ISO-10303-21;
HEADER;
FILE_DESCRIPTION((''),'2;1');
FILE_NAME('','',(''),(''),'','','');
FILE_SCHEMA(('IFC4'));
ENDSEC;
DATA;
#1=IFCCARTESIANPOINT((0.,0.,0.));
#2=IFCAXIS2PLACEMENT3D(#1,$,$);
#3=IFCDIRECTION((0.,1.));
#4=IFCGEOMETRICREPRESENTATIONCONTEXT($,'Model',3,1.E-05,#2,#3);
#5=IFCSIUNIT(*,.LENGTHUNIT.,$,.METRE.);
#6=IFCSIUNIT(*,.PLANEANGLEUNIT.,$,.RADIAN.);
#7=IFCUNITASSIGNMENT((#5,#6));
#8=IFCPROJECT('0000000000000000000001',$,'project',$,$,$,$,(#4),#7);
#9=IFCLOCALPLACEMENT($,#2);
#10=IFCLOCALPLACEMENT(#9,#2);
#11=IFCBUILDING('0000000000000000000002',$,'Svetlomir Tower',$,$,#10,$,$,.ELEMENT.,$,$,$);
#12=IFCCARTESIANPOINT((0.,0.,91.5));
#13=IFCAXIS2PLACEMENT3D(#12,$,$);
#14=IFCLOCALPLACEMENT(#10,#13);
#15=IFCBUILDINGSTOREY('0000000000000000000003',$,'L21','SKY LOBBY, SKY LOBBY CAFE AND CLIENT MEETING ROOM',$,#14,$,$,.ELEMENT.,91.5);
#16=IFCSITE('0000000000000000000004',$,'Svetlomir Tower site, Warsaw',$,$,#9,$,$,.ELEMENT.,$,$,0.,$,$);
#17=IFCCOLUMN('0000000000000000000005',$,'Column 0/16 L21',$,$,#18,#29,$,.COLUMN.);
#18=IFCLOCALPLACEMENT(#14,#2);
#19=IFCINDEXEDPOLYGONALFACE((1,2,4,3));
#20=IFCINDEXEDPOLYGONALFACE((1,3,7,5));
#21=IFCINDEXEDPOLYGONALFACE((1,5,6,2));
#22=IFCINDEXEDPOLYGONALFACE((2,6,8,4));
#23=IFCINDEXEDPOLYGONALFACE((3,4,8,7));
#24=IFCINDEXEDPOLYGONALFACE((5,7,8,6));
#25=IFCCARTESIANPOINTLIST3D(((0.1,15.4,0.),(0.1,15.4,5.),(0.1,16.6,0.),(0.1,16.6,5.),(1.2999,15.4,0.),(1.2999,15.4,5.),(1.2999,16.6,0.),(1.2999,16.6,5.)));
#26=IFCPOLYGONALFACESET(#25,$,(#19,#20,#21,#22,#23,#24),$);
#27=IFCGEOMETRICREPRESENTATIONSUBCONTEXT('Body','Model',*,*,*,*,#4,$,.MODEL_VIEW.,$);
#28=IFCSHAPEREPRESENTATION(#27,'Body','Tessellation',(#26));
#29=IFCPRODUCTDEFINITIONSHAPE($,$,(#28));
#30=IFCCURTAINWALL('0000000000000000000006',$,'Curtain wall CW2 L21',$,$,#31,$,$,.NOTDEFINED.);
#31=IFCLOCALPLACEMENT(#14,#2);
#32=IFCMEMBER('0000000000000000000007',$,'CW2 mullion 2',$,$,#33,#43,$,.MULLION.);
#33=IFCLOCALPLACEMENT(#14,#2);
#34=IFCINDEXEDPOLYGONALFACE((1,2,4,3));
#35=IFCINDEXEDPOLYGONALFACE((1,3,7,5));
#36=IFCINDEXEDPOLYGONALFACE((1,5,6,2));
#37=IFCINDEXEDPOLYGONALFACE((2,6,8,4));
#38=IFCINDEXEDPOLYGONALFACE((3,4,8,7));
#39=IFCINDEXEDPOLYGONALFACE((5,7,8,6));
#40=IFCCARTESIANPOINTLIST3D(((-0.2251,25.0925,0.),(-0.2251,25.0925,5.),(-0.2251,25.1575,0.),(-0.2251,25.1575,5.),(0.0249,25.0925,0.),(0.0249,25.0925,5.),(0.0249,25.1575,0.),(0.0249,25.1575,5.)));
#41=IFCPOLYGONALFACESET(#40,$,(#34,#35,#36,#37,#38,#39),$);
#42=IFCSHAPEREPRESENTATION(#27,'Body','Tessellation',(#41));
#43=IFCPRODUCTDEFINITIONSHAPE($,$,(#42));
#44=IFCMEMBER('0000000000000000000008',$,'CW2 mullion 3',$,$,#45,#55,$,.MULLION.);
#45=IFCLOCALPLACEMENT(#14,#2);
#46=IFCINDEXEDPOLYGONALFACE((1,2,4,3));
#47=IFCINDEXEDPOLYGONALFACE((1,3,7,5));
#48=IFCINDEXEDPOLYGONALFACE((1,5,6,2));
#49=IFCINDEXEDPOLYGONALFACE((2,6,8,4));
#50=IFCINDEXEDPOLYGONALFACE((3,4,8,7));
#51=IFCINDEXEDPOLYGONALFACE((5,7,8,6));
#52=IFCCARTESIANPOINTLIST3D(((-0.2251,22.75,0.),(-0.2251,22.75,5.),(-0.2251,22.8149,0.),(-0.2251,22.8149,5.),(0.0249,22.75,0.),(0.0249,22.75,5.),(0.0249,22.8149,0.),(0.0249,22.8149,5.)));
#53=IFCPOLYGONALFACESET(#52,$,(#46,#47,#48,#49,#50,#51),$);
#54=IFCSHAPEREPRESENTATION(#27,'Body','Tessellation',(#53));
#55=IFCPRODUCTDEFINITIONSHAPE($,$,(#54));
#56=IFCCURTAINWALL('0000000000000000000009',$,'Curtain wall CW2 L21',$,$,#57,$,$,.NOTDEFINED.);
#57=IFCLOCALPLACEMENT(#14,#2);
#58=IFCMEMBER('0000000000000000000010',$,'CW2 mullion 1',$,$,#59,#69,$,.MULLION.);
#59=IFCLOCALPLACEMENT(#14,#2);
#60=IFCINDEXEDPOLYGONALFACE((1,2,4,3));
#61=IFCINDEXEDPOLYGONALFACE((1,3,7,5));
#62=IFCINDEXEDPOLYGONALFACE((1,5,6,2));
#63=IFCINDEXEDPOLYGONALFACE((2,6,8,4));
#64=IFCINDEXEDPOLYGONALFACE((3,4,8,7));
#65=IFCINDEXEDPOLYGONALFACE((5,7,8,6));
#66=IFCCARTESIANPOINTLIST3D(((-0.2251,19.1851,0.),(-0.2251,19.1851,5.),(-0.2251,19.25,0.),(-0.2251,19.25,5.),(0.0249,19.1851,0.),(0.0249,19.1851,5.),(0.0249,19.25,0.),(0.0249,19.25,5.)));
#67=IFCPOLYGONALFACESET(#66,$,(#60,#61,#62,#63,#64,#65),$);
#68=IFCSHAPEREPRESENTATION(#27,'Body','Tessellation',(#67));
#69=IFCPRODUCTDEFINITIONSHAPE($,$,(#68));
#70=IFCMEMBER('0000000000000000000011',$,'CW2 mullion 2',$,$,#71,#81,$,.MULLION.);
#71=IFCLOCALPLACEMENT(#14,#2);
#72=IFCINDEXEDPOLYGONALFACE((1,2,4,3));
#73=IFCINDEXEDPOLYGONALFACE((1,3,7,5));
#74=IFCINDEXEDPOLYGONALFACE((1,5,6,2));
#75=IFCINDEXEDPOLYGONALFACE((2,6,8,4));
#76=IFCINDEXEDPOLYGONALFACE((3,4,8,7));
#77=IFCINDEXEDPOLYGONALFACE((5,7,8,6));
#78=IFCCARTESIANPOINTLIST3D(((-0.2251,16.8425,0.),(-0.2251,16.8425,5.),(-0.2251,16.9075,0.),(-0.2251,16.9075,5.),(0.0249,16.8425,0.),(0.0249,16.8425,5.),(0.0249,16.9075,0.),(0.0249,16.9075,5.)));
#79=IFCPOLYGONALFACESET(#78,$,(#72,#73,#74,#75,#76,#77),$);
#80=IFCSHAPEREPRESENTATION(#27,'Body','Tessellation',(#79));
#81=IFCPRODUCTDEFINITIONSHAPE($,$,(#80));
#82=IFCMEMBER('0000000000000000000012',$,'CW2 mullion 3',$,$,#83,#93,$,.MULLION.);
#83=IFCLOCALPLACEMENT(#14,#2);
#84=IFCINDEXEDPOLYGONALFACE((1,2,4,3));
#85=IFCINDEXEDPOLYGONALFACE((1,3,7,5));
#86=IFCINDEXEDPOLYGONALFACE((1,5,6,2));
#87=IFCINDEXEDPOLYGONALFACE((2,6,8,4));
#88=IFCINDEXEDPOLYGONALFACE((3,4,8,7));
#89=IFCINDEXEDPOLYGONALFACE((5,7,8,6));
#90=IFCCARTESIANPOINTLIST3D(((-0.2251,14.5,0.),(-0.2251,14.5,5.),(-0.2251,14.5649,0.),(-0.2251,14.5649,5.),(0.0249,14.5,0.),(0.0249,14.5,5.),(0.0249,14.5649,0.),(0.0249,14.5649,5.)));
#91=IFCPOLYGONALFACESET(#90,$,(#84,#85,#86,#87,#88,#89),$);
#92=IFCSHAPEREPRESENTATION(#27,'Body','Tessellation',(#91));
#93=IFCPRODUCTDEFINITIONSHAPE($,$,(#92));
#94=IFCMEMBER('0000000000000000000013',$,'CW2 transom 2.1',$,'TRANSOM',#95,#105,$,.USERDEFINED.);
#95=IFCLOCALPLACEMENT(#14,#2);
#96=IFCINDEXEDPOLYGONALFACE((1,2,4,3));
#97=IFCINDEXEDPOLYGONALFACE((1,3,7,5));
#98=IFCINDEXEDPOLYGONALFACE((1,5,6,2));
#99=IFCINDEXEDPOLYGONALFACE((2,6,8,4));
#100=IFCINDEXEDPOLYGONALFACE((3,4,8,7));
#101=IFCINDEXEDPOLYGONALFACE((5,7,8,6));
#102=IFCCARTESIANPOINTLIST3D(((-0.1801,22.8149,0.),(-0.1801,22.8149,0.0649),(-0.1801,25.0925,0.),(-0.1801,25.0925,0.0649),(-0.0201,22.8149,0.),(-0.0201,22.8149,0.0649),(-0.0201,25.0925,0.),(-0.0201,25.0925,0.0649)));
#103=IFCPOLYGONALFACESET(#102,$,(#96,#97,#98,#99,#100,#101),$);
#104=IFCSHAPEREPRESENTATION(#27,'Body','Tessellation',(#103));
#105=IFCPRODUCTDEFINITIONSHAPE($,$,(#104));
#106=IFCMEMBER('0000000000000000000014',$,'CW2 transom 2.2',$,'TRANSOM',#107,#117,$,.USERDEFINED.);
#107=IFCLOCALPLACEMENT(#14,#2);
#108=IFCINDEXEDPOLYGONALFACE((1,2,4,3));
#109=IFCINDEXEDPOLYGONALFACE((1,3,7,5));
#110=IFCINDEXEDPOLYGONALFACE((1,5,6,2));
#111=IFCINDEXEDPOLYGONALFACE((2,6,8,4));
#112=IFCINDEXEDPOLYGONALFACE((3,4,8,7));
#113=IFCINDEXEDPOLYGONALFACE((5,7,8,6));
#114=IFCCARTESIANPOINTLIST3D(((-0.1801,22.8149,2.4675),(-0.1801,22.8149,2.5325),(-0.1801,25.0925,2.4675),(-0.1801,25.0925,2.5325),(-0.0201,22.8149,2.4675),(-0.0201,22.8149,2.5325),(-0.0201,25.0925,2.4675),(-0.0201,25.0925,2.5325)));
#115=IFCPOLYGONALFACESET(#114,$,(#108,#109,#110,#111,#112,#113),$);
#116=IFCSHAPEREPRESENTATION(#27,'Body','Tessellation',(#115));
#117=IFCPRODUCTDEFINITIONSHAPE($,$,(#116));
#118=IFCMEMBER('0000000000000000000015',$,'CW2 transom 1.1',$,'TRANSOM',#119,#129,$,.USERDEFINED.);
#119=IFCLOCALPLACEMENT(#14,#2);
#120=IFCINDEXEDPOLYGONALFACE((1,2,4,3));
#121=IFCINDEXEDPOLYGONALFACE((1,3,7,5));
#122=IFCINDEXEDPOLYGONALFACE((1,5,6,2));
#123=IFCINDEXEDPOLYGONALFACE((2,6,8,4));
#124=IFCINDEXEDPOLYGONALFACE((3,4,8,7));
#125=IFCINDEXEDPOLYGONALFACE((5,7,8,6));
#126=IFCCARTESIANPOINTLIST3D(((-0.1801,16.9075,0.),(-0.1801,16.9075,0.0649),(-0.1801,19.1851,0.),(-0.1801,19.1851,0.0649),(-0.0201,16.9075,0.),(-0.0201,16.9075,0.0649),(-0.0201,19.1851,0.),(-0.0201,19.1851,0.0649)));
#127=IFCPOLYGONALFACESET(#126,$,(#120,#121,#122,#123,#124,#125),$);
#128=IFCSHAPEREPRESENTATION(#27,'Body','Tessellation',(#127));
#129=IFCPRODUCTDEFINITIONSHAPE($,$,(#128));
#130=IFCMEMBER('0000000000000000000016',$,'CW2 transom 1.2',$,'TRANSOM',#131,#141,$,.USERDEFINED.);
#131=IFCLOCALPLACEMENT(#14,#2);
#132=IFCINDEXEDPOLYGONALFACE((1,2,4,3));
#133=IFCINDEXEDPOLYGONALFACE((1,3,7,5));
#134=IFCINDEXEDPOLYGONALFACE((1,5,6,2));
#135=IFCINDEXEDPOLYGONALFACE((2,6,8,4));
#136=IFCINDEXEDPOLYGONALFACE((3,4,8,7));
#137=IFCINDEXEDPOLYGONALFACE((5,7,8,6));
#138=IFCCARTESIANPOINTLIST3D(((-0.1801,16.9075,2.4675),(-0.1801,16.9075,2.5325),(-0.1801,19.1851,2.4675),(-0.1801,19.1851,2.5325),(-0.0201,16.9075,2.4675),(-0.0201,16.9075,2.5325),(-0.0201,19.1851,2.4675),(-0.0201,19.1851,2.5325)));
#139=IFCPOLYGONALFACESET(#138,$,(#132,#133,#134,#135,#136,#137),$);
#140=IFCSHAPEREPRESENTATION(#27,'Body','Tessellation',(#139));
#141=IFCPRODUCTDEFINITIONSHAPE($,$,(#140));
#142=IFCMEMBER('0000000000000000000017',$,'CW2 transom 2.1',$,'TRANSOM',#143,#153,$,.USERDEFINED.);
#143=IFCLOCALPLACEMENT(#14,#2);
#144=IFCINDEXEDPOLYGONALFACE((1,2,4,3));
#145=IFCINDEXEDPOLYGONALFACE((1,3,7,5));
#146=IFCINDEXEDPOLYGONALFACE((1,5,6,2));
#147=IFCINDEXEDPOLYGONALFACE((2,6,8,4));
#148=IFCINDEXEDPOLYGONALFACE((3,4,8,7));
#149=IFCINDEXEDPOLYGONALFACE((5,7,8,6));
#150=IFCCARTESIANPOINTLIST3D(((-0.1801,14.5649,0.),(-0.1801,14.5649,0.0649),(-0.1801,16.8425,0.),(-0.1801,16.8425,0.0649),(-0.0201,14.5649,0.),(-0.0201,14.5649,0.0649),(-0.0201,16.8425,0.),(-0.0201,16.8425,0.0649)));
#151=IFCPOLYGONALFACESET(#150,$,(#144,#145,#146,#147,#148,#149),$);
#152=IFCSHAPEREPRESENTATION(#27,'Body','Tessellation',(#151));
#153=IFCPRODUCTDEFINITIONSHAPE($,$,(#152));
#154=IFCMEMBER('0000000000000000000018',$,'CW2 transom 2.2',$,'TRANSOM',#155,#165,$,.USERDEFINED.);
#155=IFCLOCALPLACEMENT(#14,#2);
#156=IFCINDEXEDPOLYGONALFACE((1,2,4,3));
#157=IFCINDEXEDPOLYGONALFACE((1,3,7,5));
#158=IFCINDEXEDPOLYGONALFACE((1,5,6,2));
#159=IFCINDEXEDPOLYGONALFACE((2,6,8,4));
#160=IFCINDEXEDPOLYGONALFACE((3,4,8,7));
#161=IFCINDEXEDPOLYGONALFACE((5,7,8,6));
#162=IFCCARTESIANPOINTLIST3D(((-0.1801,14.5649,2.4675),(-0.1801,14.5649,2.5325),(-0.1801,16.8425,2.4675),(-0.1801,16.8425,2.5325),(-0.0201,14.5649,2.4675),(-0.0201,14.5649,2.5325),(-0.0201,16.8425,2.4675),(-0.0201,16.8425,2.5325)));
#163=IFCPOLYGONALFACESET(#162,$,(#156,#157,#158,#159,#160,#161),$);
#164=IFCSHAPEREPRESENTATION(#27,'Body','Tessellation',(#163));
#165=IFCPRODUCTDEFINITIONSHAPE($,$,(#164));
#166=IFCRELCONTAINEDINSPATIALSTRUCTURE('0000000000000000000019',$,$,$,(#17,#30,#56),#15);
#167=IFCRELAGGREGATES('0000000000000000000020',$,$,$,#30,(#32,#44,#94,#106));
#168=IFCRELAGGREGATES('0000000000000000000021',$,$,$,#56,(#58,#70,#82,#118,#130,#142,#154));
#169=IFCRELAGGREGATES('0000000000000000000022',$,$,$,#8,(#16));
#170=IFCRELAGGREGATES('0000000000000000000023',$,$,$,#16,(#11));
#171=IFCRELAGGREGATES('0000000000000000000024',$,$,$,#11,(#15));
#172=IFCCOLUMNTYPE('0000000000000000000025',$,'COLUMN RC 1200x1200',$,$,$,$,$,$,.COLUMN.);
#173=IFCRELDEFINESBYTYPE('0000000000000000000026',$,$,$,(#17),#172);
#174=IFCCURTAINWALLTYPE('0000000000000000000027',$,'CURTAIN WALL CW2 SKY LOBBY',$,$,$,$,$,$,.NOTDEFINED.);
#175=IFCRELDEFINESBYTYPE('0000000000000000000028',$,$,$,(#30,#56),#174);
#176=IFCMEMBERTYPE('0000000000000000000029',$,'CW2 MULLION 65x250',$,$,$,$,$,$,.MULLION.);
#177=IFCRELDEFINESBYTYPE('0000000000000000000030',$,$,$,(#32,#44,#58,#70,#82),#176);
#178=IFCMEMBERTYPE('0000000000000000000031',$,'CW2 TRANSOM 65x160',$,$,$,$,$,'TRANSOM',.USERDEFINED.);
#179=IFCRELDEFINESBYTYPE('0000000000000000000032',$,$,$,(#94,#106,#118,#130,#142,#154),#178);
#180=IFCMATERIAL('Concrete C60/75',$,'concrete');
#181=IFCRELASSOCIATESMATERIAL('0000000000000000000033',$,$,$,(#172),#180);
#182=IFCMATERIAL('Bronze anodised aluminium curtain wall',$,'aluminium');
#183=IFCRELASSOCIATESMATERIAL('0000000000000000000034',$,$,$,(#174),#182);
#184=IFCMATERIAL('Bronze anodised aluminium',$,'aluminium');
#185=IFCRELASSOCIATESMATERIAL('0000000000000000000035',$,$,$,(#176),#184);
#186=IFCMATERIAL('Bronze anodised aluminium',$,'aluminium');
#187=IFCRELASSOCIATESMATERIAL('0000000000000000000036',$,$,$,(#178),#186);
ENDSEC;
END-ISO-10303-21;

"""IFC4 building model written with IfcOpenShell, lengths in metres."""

from ifc_helpers import new_model, si_unit, direction, frame, origin, origin_2d, place, context, subcontext, project, spatial, rectangle, extrude, material, material_profile, profile_set, type_object, element, aggregate, save


model = new_model("IFC4")

# Units and contexts
model_context = context("Model", 3, precision=1e-05, world=origin(), true_north=direction((0.0, 1.0)))
body_context = subcontext(model_context, "Body", "Model", "MODEL_VIEW")
ifc_project = project(units=[si_unit("LENGTHUNIT", "METRE"), si_unit("PLANEANGLEUNIT", "RADIAN")], contexts=[model_context])

# Site, building, storey
site_placement = place(None, origin())
site = spatial("IfcSite", under=ifc_project, at=site_placement, Name="Svetlomir Tower site, Warsaw", CompositionType="ELEMENT", RefElevation=0.0)
building_placement = place(site_placement, origin())
building = spatial("IfcBuilding", under=site, at=building_placement, Name="Svetlomir Tower", CompositionType="ELEMENT")
storey_placement = place(building_placement, frame((0.0, 0.0, 91.5)))
storey = spatial("IfcBuildingStorey", under=building, at=storey_placement, Name="L21", Description="SKY LOBBY, SKY LOBBY CAFE AND CLIENT MEETING ROOM", CompositionType="ELEMENT", Elevation=91.5)

# Column
ifc_material_1 = material(Name="Concrete C60/75", Category="concrete")
ifc_material_profile_1 = material_profile(ifc_material_1, rectangle(XDim=1.2, YDim=1.2, at=origin_2d()), Name="RC 1200x1200")
ifc_profile_set_1 = profile_set([ifc_material_profile_1], Name="Concrete C60/75")
column_type = type_object("IfcColumnType", Name="COLUMN RC 1200x1200", PredefinedType="COLUMN", material=ifc_profile_set_1)
column_placement = place(storey_placement, frame((0.7, 16.0, 0.0), z_axis=(0.0, 0.0, 1.0), x_axis=(1.0, 0.0, 0.0)))
element("IfcColumn", 1, at=column_placement, inside=storey, type_object=column_type, Name="Column 0/16 L21", PredefinedType="COLUMN", context=body_context, shape_type="SweptSolid", body=[
    extrude(rectangle(XDim=1.2, YDim=1.2, at=origin_2d()), origin(), (0.0, 0.0, 1.0), 5.0),
])

# Curtain walls, members
ifc_material_2 = material(Name="Bronze anodised aluminium curtain wall", Category="aluminium")
curtain_wall_type = type_object("IfcCurtainWallType", Name="CURTAIN WALL CW2 SKY LOBBY", PredefinedType="NOTDEFINED", material=ifc_material_2)
curtain_wall_1_placement = place(storey_placement, origin())
curtain_wall_1 = element("IfcCurtainWall", 2, at=curtain_wall_1_placement, inside=storey, type_object=curtain_wall_type, Name="Curtain wall CW2 L21", PredefinedType="NOTDEFINED")
ifc_material_3 = material(Name="Bronze anodised aluminium", Category="aluminium")
ifc_material_profile_2 = material_profile(ifc_material_3, rectangle(XDim=0.0649, YDim=0.25, at=origin_2d()), Name="AL 65x250")
ifc_profile_set_2 = profile_set([ifc_material_profile_2], Name="Bronze anodised aluminium 6063-T6")
member_type_1 = type_object("IfcMemberType", Name="CW2 MULLION 65x250", PredefinedType="MULLION", material=ifc_profile_set_2)
member_1_placement = place(storey_placement, frame((-0.1001, 25.125, 0.0), z_axis=(0.0, 0.0, 1.0), x_axis=(0.0, -1.0, 0.0)))
member_1 = element("IfcMember", 3, at=member_1_placement, type_object=member_type_1, Name="CW2 mullion 2", PredefinedType="MULLION", context=body_context, shape_type="SweptSolid", body=[
    extrude(rectangle(XDim=0.0649, YDim=0.25, at=origin_2d()), origin(), (0.0, 0.0, 1.0), 5.0),
])
member_2_placement = place(storey_placement, frame((-0.1001, 22.7825, 0.0), z_axis=(0.0, 0.0, 1.0), x_axis=(0.0, -1.0, 0.0)))
member_2 = element("IfcMember", 4, at=member_2_placement, type_object=member_type_1, Name="CW2 mullion 3", PredefinedType="MULLION", context=body_context, shape_type="SweptSolid", body=[
    extrude(rectangle(XDim=0.0649, YDim=0.25, at=origin_2d()), origin(), (0.0, 0.0, 1.0), 5.0),
])
curtain_wall_2_placement = place(storey_placement, origin())
curtain_wall_2 = element("IfcCurtainWall", 5, at=curtain_wall_2_placement, inside=storey, type_object=curtain_wall_type, Name="Curtain wall CW2 L21", PredefinedType="NOTDEFINED")
member_3_placement = place(storey_placement, frame((-0.1001, 19.2175, 0.0), z_axis=(0.0, 0.0, 1.0), x_axis=(0.0, -1.0, 0.0)))
member_3 = element("IfcMember", 6, at=member_3_placement, type_object=member_type_1, Name="CW2 mullion 1", PredefinedType="MULLION", context=body_context, shape_type="SweptSolid", body=[
    extrude(rectangle(XDim=0.0649, YDim=0.25, at=origin_2d()), origin(), (0.0, 0.0, 1.0), 5.0),
])
member_4_placement = place(storey_placement, frame((-0.1001, 16.875, 0.0), z_axis=(0.0, 0.0, 1.0), x_axis=(0.0, -1.0, 0.0)))
member_4 = element("IfcMember", 7, at=member_4_placement, type_object=member_type_1, Name="CW2 mullion 2", PredefinedType="MULLION", context=body_context, shape_type="SweptSolid", body=[
    extrude(rectangle(XDim=0.0649, YDim=0.25, at=origin_2d()), origin(), (0.0, 0.0, 1.0), 5.0),
])
member_5_placement = place(storey_placement, frame((-0.1001, 14.5325, 0.0), z_axis=(0.0, 0.0, 1.0), x_axis=(0.0, -1.0, 0.0)))
member_5 = element("IfcMember", 8, at=member_5_placement, type_object=member_type_1, Name="CW2 mullion 3", PredefinedType="MULLION", context=body_context, shape_type="SweptSolid", body=[
    extrude(rectangle(XDim=0.0649, YDim=0.25, at=origin_2d()), origin(), (0.0, 0.0, 1.0), 5.0),
])

# Members
ifc_material_4 = material(Name="Bronze anodised aluminium", Category="aluminium")
ifc_material_profile_3 = material_profile(ifc_material_4, rectangle(XDim=0.1599, YDim=0.0649, at=origin_2d()), Name="AL 160x65")
ifc_profile_set_3 = profile_set([ifc_material_profile_3], Name="Bronze anodised aluminium 6063-T6")
member_type_2 = type_object("IfcMemberType", Name="CW2 TRANSOM 65x160", ElementType="TRANSOM", PredefinedType="USERDEFINED", material=ifc_profile_set_3)
member_6_placement = place(storey_placement, frame((-0.1001, 25.0925, 0.0325), z_axis=(0.0, -1.0, 0.0), x_axis=(1.0, 0.0, 0.0)))
member_6 = element("IfcMember", 9, at=member_6_placement, type_object=member_type_2, Name="CW2 transom 2.1", ObjectType="TRANSOM", PredefinedType="USERDEFINED", context=body_context, shape_type="SweptSolid", body=[
    extrude(rectangle(XDim=0.1599, YDim=0.0649, at=origin_2d()), origin(), (0.0, 0.0, 1.0), 2.2776),
])
member_7_placement = place(storey_placement, frame((-0.1001, 25.0925, 2.5), z_axis=(0.0, -1.0, 0.0), x_axis=(1.0, 0.0, 0.0)))
member_7 = element("IfcMember", 10, at=member_7_placement, type_object=member_type_2, Name="CW2 transom 2.2", ObjectType="TRANSOM", PredefinedType="USERDEFINED", context=body_context, shape_type="SweptSolid", body=[
    extrude(rectangle(XDim=0.1599, YDim=0.0649, at=origin_2d()), origin(), (0.0, 0.0, 1.0), 2.2776),
])
member_8_placement = place(storey_placement, frame((-0.1001, 19.1851, 0.0325), z_axis=(0.0, -1.0, 0.0), x_axis=(1.0, 0.0, 0.0)))
member_8 = element("IfcMember", 11, at=member_8_placement, type_object=member_type_2, Name="CW2 transom 1.1", ObjectType="TRANSOM", PredefinedType="USERDEFINED", context=body_context, shape_type="SweptSolid", body=[
    extrude(rectangle(XDim=0.1599, YDim=0.0649, at=origin_2d()), origin(), (0.0, 0.0, 1.0), 2.2776),
])
member_9_placement = place(storey_placement, frame((-0.1001, 19.1851, 2.5), z_axis=(0.0, -1.0, 0.0), x_axis=(1.0, 0.0, 0.0)))
member_9 = element("IfcMember", 12, at=member_9_placement, type_object=member_type_2, Name="CW2 transom 1.2", ObjectType="TRANSOM", PredefinedType="USERDEFINED", context=body_context, shape_type="SweptSolid", body=[
    extrude(rectangle(XDim=0.1599, YDim=0.0649, at=origin_2d()), origin(), (0.0, 0.0, 1.0), 2.2776),
])
member_10_placement = place(storey_placement, frame((-0.1001, 16.8425, 0.0325), z_axis=(0.0, -1.0, 0.0), x_axis=(1.0, 0.0, 0.0)))
member_10 = element("IfcMember", 13, at=member_10_placement, type_object=member_type_2, Name="CW2 transom 2.1", ObjectType="TRANSOM", PredefinedType="USERDEFINED", context=body_context, shape_type="SweptSolid", body=[
    extrude(rectangle(XDim=0.1599, YDim=0.0649, at=origin_2d()), origin(), (0.0, 0.0, 1.0), 2.2776),
])
member_11_placement = place(storey_placement, frame((-0.1001, 16.8425, 2.5), z_axis=(0.0, -1.0, 0.0), x_axis=(1.0, 0.0, 0.0)))
member_11 = element("IfcMember", 14, at=member_11_placement, type_object=member_type_2, Name="CW2 transom 2.2", ObjectType="TRANSOM", PredefinedType="USERDEFINED", context=body_context, shape_type="SweptSolid", body=[
    extrude(rectangle(XDim=0.1599, YDim=0.0649, at=origin_2d()), origin(), (0.0, 0.0, 1.0), 2.2776),
])

aggregate(curtain_wall_1, [member_1, member_2, member_6, member_7])
aggregate(curtain_wall_2, [member_3, member_4, member_5, member_8, member_9, member_10, member_11])

save(model, "model.ifc")
